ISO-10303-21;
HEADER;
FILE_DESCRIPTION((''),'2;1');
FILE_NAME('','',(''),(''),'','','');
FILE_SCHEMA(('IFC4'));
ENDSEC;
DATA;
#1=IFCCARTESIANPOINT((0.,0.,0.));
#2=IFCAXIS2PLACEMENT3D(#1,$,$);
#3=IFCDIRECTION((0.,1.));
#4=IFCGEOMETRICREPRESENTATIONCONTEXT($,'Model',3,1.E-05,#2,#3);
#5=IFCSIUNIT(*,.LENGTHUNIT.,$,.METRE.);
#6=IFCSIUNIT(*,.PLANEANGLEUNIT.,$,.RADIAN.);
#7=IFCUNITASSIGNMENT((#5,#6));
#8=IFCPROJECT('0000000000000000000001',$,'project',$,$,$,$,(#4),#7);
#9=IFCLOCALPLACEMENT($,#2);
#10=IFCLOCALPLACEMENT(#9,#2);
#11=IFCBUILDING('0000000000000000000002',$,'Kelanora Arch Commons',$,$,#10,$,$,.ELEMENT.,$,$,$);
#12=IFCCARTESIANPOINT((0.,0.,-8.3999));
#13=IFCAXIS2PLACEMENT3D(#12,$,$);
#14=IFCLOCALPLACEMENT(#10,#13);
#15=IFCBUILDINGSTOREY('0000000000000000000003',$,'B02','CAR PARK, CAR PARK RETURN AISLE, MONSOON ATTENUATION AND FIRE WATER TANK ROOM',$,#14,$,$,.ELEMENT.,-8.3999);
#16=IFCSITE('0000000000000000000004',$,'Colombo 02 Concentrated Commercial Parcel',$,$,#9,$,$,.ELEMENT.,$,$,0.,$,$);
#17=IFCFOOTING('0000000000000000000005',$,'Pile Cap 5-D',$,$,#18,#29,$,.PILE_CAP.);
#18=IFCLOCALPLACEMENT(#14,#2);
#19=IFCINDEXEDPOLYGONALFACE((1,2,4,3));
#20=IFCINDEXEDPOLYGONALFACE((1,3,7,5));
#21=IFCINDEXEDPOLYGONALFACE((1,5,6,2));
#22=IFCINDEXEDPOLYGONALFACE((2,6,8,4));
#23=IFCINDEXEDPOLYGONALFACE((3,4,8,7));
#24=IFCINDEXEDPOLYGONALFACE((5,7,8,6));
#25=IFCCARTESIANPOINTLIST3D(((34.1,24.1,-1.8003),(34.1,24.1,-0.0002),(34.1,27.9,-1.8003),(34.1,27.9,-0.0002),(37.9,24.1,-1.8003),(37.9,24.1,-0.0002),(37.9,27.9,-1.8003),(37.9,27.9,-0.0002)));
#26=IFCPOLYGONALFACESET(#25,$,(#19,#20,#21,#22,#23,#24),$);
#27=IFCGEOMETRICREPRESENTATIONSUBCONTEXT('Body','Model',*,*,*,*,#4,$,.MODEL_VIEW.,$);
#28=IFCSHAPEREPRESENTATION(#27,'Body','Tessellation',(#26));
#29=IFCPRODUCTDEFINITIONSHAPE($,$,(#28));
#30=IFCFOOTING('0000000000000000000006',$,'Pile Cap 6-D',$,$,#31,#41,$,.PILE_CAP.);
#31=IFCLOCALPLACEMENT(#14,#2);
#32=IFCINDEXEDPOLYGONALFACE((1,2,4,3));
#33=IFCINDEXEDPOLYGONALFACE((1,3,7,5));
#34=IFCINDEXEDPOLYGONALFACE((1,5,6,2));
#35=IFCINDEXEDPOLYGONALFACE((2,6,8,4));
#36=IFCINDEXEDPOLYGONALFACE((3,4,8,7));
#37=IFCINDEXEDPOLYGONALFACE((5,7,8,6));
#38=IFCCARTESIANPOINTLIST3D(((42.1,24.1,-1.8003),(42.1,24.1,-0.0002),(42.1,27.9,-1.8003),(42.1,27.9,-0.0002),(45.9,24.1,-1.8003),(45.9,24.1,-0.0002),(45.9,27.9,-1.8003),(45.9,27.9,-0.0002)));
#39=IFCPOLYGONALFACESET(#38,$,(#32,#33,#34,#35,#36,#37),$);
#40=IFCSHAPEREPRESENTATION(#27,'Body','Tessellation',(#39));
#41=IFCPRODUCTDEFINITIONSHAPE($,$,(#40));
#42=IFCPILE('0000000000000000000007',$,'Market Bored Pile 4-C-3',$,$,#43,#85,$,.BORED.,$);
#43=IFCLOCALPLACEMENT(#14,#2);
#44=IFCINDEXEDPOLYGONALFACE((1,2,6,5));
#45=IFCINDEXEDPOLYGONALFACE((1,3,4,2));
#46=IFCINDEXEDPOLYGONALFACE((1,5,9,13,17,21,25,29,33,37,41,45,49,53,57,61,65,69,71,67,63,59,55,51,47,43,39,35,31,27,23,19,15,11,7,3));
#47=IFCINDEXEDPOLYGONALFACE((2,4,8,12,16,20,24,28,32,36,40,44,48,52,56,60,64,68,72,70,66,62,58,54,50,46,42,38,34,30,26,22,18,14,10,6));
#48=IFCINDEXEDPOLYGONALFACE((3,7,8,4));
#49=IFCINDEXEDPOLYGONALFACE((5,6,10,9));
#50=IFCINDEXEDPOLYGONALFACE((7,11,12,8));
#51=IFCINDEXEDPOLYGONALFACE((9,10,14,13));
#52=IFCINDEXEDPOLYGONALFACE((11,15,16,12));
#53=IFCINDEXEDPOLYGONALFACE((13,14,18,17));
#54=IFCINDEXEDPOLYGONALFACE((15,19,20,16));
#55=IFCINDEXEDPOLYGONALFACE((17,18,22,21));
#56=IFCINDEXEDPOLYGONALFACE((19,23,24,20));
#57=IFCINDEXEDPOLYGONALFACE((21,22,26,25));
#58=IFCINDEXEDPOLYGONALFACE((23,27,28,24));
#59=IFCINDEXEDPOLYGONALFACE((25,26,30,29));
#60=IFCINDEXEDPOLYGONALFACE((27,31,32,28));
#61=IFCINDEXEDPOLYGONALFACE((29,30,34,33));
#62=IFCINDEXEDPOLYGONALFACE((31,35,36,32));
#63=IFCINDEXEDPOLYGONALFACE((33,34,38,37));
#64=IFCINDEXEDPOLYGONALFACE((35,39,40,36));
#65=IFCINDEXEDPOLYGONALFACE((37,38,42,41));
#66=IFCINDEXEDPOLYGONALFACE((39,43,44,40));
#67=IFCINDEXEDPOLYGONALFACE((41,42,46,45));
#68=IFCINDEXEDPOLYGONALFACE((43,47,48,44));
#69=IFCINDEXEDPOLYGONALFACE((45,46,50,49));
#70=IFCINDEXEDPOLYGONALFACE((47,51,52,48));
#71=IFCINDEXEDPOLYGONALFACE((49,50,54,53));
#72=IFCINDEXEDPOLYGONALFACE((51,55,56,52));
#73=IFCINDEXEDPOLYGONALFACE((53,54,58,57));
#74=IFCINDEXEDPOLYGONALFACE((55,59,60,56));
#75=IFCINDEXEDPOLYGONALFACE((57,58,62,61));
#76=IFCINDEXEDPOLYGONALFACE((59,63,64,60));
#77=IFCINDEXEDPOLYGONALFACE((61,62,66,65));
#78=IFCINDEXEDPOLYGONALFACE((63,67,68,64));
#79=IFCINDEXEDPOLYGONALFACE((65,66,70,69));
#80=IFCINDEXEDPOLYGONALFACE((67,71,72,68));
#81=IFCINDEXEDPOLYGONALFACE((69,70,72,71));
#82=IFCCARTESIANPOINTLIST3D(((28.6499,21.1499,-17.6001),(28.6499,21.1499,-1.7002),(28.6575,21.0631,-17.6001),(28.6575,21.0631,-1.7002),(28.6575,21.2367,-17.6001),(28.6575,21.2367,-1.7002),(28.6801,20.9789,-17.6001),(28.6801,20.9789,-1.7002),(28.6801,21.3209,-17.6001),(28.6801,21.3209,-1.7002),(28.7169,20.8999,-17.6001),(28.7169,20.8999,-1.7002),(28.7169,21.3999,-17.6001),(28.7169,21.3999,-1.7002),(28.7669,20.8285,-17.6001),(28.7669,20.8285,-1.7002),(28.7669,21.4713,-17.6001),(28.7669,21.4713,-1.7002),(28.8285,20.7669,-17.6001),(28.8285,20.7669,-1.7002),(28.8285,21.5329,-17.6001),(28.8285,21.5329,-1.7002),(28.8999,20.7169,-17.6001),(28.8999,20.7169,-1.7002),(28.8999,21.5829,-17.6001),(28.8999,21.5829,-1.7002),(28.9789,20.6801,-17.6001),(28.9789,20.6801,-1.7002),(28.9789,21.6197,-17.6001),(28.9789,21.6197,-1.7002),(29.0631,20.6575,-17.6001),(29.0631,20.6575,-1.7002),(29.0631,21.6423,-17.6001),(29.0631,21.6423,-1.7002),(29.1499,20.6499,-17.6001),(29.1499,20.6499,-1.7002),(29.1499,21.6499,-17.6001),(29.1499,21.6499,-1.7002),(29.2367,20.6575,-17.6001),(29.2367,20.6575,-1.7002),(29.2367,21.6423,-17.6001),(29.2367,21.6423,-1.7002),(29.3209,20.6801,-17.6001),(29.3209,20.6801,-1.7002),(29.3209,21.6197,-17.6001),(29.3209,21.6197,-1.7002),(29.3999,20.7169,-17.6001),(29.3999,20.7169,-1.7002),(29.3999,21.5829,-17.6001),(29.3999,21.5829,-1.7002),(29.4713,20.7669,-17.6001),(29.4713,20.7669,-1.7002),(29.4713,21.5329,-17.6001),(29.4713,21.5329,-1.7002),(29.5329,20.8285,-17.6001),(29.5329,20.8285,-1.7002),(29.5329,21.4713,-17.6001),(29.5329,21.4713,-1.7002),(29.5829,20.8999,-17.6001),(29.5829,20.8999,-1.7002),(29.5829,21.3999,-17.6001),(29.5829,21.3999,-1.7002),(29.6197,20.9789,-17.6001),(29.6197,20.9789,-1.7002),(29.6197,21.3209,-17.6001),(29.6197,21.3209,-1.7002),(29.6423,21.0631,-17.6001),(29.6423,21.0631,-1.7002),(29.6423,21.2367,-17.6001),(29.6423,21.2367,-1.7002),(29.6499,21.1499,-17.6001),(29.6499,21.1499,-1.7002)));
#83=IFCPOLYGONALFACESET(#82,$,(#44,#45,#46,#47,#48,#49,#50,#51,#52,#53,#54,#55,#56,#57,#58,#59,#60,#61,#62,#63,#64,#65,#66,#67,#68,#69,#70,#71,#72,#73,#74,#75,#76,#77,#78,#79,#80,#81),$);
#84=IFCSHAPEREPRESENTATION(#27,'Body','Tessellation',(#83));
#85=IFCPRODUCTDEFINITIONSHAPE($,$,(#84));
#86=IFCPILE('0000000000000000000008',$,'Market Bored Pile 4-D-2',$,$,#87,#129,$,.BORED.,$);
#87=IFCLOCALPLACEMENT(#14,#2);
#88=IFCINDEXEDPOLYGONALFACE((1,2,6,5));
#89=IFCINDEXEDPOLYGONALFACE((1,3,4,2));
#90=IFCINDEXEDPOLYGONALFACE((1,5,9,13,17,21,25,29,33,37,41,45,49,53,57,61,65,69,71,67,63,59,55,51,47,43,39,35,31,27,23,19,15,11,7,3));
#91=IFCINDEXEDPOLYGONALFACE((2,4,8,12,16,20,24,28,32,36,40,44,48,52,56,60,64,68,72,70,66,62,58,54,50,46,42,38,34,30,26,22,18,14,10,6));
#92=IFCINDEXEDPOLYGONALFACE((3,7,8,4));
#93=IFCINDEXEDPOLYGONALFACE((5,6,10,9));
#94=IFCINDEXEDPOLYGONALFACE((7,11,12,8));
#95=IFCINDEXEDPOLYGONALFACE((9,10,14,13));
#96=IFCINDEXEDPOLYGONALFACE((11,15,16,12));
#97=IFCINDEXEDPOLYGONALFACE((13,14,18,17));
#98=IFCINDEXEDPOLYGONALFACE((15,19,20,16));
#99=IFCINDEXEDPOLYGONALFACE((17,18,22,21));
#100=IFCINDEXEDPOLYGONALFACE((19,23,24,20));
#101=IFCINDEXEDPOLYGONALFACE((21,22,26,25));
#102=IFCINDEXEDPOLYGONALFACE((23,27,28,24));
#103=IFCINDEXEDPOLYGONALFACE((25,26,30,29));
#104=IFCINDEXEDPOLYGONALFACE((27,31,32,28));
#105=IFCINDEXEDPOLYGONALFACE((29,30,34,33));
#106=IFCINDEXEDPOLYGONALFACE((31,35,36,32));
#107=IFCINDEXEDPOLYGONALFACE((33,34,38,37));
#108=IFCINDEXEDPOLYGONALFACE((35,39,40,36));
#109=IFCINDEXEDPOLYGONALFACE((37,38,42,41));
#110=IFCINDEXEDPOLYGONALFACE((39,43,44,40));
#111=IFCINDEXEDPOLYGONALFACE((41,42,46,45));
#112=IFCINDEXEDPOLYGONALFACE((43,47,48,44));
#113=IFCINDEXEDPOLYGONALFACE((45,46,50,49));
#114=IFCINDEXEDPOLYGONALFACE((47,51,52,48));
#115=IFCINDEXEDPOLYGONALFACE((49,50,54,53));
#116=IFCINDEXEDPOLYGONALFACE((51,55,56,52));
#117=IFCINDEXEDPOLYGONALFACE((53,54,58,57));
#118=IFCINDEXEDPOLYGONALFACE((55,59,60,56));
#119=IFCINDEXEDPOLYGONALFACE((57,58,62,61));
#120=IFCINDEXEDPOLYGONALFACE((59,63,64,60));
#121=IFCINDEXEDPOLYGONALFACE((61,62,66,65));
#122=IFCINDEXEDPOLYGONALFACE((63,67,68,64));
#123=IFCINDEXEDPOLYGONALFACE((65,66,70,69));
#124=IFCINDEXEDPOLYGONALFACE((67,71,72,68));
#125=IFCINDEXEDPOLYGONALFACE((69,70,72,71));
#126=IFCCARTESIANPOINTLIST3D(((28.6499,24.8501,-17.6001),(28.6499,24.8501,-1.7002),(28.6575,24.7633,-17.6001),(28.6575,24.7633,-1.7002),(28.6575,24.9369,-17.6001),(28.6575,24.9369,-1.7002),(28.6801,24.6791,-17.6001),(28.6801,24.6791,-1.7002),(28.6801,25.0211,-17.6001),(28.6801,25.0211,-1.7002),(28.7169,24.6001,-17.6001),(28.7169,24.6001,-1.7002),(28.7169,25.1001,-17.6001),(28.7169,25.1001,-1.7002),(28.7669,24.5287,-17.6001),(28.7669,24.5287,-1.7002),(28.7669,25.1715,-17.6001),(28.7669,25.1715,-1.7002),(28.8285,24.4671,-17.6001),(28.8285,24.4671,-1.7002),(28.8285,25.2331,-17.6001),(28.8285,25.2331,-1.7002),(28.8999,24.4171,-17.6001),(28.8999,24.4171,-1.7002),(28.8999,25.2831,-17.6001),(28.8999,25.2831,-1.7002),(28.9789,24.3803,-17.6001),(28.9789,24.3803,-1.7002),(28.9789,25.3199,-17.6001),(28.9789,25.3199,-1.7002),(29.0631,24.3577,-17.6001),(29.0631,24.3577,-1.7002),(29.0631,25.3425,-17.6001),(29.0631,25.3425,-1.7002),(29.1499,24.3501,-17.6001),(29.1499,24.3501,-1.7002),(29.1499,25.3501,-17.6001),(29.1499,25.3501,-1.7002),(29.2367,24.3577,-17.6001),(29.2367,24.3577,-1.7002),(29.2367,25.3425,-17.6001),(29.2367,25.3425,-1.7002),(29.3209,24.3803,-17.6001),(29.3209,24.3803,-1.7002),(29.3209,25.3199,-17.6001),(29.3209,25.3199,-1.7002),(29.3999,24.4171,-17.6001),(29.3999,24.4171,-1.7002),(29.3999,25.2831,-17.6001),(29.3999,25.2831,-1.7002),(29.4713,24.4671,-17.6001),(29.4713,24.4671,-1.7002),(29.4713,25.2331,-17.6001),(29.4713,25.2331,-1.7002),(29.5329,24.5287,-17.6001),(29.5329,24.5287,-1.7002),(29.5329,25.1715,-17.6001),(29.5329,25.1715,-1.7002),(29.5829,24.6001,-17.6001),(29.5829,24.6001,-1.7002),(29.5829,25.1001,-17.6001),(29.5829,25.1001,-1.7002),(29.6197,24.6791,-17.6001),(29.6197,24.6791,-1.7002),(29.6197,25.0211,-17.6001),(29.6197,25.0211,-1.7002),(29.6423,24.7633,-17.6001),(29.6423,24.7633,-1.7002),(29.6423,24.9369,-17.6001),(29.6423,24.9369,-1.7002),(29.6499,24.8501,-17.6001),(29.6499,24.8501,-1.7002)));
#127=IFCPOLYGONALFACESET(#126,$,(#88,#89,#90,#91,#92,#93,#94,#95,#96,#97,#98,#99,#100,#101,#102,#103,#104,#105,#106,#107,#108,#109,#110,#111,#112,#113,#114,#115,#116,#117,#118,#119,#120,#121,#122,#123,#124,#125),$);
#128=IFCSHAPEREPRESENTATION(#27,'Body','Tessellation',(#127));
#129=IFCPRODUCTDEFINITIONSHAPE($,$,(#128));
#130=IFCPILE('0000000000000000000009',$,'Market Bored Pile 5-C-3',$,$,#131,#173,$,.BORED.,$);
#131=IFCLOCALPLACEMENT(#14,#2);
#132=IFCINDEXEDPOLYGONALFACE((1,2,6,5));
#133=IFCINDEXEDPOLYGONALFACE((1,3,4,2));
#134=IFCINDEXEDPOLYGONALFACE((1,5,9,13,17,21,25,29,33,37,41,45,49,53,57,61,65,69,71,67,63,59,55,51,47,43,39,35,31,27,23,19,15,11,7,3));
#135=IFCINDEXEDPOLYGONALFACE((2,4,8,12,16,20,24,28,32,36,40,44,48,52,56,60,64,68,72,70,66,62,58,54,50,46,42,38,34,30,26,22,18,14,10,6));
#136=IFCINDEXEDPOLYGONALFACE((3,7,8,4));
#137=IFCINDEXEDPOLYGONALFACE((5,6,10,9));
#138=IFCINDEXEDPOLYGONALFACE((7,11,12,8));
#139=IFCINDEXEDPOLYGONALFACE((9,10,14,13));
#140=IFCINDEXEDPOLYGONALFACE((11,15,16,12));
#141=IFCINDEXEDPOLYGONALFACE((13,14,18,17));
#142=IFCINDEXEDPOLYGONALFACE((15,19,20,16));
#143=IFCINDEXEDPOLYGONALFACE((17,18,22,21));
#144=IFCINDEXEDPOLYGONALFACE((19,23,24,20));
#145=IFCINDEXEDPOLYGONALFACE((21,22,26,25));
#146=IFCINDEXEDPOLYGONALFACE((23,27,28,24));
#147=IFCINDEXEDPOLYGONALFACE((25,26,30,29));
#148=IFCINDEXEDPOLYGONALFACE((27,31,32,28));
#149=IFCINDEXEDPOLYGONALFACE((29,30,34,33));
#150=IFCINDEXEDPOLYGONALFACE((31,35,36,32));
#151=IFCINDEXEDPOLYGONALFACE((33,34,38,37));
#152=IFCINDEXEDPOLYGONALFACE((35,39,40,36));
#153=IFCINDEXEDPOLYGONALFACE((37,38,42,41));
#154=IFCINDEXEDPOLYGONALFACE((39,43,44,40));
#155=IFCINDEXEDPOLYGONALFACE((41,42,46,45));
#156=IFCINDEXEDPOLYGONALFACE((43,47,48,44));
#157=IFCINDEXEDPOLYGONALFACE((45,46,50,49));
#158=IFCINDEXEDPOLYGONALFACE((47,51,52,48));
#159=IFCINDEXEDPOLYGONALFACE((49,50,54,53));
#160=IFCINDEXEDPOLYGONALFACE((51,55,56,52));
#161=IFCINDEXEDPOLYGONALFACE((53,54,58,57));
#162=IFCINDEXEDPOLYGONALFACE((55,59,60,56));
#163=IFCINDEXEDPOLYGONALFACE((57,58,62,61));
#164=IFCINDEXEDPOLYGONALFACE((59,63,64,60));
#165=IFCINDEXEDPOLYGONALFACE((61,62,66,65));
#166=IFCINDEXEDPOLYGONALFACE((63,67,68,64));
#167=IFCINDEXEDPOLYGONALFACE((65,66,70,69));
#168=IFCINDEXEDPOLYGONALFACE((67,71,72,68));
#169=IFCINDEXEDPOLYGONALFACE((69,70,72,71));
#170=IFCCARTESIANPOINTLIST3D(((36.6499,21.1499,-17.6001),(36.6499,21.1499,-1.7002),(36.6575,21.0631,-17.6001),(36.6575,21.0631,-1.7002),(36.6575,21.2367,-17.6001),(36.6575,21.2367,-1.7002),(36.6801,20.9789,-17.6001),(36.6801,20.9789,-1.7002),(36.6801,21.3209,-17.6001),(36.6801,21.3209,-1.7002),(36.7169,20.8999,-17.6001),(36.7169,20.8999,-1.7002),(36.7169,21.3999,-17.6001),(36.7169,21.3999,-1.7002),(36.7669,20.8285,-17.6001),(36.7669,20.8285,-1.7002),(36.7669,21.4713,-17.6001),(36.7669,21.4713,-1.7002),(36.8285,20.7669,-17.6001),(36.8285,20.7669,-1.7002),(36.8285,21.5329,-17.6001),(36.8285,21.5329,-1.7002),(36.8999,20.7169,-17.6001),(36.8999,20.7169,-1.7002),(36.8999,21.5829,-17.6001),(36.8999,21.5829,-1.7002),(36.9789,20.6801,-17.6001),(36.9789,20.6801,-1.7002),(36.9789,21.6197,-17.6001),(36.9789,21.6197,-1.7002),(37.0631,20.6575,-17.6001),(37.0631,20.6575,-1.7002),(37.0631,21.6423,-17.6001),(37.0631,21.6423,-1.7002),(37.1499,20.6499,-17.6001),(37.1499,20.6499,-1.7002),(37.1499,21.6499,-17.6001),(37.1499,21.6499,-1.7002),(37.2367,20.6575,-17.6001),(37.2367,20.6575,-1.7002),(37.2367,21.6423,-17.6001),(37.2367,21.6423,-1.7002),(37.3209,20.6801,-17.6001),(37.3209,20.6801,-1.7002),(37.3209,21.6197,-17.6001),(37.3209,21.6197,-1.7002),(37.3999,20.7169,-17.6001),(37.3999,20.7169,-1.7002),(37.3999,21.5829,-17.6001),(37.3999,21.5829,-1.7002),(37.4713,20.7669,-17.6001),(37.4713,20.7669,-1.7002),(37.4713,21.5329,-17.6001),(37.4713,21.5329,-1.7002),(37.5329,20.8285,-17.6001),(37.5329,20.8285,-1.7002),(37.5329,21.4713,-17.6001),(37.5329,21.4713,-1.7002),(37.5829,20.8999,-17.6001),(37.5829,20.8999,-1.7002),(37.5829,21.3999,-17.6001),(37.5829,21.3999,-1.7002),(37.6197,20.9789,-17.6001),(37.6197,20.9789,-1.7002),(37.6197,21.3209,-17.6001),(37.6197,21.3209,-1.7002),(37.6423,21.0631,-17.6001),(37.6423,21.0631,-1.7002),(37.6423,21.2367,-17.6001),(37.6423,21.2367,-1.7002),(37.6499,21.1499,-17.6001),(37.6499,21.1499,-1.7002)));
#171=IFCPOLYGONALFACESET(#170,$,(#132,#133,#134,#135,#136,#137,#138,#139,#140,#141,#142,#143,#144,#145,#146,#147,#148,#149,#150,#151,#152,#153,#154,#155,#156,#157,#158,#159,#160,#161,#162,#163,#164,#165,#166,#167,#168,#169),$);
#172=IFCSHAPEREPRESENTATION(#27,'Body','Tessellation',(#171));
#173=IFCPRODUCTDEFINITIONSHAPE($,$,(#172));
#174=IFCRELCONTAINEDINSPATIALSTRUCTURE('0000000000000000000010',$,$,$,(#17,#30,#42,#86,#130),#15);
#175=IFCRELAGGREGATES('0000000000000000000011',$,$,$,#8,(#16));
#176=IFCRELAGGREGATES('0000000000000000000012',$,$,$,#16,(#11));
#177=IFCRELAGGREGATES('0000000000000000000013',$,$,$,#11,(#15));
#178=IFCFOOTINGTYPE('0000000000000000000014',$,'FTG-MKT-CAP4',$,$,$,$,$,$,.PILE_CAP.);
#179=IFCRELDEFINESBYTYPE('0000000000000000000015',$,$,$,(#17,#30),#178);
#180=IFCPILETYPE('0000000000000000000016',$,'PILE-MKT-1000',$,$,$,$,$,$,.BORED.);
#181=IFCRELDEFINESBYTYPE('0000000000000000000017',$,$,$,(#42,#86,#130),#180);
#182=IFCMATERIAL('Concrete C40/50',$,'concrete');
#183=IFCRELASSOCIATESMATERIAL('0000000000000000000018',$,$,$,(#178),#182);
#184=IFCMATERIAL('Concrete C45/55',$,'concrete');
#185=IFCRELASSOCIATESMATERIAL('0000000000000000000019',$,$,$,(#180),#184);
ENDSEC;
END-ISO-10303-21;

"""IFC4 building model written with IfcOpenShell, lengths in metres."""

from ifc_helpers import new_model, si_unit, direction, frame, origin, origin_2d, place, context, subcontext, project, spatial, rectangle, circle, extrude, source, transform, mapped, material, material_profile, profile_set, type_object, element, save


model = new_model("IFC4")

# Units and contexts
model_context = context("Model", 3, precision=1e-05, world=origin(), true_north=direction((0.0, 1.0)))
body_context = subcontext(model_context, "Body", "Model", "MODEL_VIEW")
ifc_project = project(units=[si_unit("LENGTHUNIT", "METRE"), si_unit("PLANEANGLEUNIT", "RADIAN")], contexts=[model_context])

# Site, building, storey
site_placement = place(None, origin())
site = spatial("IfcSite", under=ifc_project, at=site_placement, Name="Colombo 02 Concentrated Commercial Parcel", CompositionType="ELEMENT", RefElevation=0.0)
building_placement = place(site_placement, origin())
building = spatial("IfcBuilding", under=site, at=building_placement, Name="Kelanora Arch Commons", CompositionType="ELEMENT")
storey_placement = place(building_placement, frame((0.0, 0.0, -8.3999)))
storey = spatial("IfcBuildingStorey", under=building, at=storey_placement, Name="B02", Description="CAR PARK, CAR PARK RETURN AISLE, MONSOON ATTENUATION AND FIRE WATER TANK ROOM", CompositionType="ELEMENT", Elevation=-8.3999)

# Footings
ifc_material_1 = material(Name="Concrete C40/50", Category="concrete")
footing_type_1 = type_object("IfcFootingType", Name="FTG-MKT-CAP4", PredefinedType="PILE_CAP", material=ifc_material_1)
shared_shape_1 = source(origin(), body_context, "Body", "SweptSolid", [
    extrude(rectangle(XDim=3.8, YDim=3.8, at=origin_2d()), origin(), (0.0, 0.0, 1.0), 1.8),
])
for number, where, z_axis, x_axis, name in (
    (1, (36.0, 26.0, -1.8003), (0.0, 0.0, 1.0), (1.0, 0.0, 0.0), "Pile Cap 5-D"),
    (2, (44.0, 26.0, -1.8003), (0.0, 0.0, 1.0), (1.0, 0.0, 0.0), "Pile Cap 6-D"),
):
    element("IfcFooting", number, at=place(storey_placement, frame(where, z_axis=z_axis, x_axis=x_axis)), inside=storey, type_object=footing_type_1, Name=name, PredefinedType="PILE_CAP", context=body_context, shape_type="MappedRepresentation", body=[
        mapped(shared_shape_1, transform((0.0, 0.0, 0.0), scale=1.0)),
    ])

# Piles
ifc_material_2 = material(Name="Concrete C45/55", Category="concrete")
ifc_material_profile_1 = material_profile(ifc_material_2, circle(Radius=0.5, at=origin_2d()), Name="PILE1000")
ifc_profile_set_1 = profile_set([ifc_material_profile_1], Name="Concrete C45/55")
pile_type = type_object("IfcPileType", Name="PILE-MKT-1000", PredefinedType="BORED", material=ifc_profile_set_1)
shared_shape_2 = source(origin(), body_context, "Body", "SweptSolid", [
    extrude(circle(Radius=0.5, at=origin_2d()), origin(), (0.0, 0.0, 1.0), 15.8999),
])
for number, where, z_axis, x_axis, name in (
    (3, (29.1499, 21.1499, -1.7002), (0.0, 0.0, -1.0), (1.0, 0.0, 0.0), "Market Bored Pile 4-C-3"),
    (4, (29.1499, 24.8501, -1.7002), (0.0, 0.0, -1.0), (1.0, 0.0, 0.0), "Market Bored Pile 4-D-2"),
    (5, (37.1499, 21.1499, -1.7002), (0.0, 0.0, -1.0), (1.0, 0.0, 0.0), "Market Bored Pile 5-C-3"),
):
    element("IfcPile", number, at=place(storey_placement, frame(where, z_axis=z_axis, x_axis=x_axis)), inside=storey, type_object=pile_type, Name=name, PredefinedType="BORED", context=body_context, shape_type="MappedRepresentation", body=[
        mapped(shared_shape_2, transform((0.0, 0.0, 0.0), scale=1.0)),
    ])

save(model, "model.ifc")
